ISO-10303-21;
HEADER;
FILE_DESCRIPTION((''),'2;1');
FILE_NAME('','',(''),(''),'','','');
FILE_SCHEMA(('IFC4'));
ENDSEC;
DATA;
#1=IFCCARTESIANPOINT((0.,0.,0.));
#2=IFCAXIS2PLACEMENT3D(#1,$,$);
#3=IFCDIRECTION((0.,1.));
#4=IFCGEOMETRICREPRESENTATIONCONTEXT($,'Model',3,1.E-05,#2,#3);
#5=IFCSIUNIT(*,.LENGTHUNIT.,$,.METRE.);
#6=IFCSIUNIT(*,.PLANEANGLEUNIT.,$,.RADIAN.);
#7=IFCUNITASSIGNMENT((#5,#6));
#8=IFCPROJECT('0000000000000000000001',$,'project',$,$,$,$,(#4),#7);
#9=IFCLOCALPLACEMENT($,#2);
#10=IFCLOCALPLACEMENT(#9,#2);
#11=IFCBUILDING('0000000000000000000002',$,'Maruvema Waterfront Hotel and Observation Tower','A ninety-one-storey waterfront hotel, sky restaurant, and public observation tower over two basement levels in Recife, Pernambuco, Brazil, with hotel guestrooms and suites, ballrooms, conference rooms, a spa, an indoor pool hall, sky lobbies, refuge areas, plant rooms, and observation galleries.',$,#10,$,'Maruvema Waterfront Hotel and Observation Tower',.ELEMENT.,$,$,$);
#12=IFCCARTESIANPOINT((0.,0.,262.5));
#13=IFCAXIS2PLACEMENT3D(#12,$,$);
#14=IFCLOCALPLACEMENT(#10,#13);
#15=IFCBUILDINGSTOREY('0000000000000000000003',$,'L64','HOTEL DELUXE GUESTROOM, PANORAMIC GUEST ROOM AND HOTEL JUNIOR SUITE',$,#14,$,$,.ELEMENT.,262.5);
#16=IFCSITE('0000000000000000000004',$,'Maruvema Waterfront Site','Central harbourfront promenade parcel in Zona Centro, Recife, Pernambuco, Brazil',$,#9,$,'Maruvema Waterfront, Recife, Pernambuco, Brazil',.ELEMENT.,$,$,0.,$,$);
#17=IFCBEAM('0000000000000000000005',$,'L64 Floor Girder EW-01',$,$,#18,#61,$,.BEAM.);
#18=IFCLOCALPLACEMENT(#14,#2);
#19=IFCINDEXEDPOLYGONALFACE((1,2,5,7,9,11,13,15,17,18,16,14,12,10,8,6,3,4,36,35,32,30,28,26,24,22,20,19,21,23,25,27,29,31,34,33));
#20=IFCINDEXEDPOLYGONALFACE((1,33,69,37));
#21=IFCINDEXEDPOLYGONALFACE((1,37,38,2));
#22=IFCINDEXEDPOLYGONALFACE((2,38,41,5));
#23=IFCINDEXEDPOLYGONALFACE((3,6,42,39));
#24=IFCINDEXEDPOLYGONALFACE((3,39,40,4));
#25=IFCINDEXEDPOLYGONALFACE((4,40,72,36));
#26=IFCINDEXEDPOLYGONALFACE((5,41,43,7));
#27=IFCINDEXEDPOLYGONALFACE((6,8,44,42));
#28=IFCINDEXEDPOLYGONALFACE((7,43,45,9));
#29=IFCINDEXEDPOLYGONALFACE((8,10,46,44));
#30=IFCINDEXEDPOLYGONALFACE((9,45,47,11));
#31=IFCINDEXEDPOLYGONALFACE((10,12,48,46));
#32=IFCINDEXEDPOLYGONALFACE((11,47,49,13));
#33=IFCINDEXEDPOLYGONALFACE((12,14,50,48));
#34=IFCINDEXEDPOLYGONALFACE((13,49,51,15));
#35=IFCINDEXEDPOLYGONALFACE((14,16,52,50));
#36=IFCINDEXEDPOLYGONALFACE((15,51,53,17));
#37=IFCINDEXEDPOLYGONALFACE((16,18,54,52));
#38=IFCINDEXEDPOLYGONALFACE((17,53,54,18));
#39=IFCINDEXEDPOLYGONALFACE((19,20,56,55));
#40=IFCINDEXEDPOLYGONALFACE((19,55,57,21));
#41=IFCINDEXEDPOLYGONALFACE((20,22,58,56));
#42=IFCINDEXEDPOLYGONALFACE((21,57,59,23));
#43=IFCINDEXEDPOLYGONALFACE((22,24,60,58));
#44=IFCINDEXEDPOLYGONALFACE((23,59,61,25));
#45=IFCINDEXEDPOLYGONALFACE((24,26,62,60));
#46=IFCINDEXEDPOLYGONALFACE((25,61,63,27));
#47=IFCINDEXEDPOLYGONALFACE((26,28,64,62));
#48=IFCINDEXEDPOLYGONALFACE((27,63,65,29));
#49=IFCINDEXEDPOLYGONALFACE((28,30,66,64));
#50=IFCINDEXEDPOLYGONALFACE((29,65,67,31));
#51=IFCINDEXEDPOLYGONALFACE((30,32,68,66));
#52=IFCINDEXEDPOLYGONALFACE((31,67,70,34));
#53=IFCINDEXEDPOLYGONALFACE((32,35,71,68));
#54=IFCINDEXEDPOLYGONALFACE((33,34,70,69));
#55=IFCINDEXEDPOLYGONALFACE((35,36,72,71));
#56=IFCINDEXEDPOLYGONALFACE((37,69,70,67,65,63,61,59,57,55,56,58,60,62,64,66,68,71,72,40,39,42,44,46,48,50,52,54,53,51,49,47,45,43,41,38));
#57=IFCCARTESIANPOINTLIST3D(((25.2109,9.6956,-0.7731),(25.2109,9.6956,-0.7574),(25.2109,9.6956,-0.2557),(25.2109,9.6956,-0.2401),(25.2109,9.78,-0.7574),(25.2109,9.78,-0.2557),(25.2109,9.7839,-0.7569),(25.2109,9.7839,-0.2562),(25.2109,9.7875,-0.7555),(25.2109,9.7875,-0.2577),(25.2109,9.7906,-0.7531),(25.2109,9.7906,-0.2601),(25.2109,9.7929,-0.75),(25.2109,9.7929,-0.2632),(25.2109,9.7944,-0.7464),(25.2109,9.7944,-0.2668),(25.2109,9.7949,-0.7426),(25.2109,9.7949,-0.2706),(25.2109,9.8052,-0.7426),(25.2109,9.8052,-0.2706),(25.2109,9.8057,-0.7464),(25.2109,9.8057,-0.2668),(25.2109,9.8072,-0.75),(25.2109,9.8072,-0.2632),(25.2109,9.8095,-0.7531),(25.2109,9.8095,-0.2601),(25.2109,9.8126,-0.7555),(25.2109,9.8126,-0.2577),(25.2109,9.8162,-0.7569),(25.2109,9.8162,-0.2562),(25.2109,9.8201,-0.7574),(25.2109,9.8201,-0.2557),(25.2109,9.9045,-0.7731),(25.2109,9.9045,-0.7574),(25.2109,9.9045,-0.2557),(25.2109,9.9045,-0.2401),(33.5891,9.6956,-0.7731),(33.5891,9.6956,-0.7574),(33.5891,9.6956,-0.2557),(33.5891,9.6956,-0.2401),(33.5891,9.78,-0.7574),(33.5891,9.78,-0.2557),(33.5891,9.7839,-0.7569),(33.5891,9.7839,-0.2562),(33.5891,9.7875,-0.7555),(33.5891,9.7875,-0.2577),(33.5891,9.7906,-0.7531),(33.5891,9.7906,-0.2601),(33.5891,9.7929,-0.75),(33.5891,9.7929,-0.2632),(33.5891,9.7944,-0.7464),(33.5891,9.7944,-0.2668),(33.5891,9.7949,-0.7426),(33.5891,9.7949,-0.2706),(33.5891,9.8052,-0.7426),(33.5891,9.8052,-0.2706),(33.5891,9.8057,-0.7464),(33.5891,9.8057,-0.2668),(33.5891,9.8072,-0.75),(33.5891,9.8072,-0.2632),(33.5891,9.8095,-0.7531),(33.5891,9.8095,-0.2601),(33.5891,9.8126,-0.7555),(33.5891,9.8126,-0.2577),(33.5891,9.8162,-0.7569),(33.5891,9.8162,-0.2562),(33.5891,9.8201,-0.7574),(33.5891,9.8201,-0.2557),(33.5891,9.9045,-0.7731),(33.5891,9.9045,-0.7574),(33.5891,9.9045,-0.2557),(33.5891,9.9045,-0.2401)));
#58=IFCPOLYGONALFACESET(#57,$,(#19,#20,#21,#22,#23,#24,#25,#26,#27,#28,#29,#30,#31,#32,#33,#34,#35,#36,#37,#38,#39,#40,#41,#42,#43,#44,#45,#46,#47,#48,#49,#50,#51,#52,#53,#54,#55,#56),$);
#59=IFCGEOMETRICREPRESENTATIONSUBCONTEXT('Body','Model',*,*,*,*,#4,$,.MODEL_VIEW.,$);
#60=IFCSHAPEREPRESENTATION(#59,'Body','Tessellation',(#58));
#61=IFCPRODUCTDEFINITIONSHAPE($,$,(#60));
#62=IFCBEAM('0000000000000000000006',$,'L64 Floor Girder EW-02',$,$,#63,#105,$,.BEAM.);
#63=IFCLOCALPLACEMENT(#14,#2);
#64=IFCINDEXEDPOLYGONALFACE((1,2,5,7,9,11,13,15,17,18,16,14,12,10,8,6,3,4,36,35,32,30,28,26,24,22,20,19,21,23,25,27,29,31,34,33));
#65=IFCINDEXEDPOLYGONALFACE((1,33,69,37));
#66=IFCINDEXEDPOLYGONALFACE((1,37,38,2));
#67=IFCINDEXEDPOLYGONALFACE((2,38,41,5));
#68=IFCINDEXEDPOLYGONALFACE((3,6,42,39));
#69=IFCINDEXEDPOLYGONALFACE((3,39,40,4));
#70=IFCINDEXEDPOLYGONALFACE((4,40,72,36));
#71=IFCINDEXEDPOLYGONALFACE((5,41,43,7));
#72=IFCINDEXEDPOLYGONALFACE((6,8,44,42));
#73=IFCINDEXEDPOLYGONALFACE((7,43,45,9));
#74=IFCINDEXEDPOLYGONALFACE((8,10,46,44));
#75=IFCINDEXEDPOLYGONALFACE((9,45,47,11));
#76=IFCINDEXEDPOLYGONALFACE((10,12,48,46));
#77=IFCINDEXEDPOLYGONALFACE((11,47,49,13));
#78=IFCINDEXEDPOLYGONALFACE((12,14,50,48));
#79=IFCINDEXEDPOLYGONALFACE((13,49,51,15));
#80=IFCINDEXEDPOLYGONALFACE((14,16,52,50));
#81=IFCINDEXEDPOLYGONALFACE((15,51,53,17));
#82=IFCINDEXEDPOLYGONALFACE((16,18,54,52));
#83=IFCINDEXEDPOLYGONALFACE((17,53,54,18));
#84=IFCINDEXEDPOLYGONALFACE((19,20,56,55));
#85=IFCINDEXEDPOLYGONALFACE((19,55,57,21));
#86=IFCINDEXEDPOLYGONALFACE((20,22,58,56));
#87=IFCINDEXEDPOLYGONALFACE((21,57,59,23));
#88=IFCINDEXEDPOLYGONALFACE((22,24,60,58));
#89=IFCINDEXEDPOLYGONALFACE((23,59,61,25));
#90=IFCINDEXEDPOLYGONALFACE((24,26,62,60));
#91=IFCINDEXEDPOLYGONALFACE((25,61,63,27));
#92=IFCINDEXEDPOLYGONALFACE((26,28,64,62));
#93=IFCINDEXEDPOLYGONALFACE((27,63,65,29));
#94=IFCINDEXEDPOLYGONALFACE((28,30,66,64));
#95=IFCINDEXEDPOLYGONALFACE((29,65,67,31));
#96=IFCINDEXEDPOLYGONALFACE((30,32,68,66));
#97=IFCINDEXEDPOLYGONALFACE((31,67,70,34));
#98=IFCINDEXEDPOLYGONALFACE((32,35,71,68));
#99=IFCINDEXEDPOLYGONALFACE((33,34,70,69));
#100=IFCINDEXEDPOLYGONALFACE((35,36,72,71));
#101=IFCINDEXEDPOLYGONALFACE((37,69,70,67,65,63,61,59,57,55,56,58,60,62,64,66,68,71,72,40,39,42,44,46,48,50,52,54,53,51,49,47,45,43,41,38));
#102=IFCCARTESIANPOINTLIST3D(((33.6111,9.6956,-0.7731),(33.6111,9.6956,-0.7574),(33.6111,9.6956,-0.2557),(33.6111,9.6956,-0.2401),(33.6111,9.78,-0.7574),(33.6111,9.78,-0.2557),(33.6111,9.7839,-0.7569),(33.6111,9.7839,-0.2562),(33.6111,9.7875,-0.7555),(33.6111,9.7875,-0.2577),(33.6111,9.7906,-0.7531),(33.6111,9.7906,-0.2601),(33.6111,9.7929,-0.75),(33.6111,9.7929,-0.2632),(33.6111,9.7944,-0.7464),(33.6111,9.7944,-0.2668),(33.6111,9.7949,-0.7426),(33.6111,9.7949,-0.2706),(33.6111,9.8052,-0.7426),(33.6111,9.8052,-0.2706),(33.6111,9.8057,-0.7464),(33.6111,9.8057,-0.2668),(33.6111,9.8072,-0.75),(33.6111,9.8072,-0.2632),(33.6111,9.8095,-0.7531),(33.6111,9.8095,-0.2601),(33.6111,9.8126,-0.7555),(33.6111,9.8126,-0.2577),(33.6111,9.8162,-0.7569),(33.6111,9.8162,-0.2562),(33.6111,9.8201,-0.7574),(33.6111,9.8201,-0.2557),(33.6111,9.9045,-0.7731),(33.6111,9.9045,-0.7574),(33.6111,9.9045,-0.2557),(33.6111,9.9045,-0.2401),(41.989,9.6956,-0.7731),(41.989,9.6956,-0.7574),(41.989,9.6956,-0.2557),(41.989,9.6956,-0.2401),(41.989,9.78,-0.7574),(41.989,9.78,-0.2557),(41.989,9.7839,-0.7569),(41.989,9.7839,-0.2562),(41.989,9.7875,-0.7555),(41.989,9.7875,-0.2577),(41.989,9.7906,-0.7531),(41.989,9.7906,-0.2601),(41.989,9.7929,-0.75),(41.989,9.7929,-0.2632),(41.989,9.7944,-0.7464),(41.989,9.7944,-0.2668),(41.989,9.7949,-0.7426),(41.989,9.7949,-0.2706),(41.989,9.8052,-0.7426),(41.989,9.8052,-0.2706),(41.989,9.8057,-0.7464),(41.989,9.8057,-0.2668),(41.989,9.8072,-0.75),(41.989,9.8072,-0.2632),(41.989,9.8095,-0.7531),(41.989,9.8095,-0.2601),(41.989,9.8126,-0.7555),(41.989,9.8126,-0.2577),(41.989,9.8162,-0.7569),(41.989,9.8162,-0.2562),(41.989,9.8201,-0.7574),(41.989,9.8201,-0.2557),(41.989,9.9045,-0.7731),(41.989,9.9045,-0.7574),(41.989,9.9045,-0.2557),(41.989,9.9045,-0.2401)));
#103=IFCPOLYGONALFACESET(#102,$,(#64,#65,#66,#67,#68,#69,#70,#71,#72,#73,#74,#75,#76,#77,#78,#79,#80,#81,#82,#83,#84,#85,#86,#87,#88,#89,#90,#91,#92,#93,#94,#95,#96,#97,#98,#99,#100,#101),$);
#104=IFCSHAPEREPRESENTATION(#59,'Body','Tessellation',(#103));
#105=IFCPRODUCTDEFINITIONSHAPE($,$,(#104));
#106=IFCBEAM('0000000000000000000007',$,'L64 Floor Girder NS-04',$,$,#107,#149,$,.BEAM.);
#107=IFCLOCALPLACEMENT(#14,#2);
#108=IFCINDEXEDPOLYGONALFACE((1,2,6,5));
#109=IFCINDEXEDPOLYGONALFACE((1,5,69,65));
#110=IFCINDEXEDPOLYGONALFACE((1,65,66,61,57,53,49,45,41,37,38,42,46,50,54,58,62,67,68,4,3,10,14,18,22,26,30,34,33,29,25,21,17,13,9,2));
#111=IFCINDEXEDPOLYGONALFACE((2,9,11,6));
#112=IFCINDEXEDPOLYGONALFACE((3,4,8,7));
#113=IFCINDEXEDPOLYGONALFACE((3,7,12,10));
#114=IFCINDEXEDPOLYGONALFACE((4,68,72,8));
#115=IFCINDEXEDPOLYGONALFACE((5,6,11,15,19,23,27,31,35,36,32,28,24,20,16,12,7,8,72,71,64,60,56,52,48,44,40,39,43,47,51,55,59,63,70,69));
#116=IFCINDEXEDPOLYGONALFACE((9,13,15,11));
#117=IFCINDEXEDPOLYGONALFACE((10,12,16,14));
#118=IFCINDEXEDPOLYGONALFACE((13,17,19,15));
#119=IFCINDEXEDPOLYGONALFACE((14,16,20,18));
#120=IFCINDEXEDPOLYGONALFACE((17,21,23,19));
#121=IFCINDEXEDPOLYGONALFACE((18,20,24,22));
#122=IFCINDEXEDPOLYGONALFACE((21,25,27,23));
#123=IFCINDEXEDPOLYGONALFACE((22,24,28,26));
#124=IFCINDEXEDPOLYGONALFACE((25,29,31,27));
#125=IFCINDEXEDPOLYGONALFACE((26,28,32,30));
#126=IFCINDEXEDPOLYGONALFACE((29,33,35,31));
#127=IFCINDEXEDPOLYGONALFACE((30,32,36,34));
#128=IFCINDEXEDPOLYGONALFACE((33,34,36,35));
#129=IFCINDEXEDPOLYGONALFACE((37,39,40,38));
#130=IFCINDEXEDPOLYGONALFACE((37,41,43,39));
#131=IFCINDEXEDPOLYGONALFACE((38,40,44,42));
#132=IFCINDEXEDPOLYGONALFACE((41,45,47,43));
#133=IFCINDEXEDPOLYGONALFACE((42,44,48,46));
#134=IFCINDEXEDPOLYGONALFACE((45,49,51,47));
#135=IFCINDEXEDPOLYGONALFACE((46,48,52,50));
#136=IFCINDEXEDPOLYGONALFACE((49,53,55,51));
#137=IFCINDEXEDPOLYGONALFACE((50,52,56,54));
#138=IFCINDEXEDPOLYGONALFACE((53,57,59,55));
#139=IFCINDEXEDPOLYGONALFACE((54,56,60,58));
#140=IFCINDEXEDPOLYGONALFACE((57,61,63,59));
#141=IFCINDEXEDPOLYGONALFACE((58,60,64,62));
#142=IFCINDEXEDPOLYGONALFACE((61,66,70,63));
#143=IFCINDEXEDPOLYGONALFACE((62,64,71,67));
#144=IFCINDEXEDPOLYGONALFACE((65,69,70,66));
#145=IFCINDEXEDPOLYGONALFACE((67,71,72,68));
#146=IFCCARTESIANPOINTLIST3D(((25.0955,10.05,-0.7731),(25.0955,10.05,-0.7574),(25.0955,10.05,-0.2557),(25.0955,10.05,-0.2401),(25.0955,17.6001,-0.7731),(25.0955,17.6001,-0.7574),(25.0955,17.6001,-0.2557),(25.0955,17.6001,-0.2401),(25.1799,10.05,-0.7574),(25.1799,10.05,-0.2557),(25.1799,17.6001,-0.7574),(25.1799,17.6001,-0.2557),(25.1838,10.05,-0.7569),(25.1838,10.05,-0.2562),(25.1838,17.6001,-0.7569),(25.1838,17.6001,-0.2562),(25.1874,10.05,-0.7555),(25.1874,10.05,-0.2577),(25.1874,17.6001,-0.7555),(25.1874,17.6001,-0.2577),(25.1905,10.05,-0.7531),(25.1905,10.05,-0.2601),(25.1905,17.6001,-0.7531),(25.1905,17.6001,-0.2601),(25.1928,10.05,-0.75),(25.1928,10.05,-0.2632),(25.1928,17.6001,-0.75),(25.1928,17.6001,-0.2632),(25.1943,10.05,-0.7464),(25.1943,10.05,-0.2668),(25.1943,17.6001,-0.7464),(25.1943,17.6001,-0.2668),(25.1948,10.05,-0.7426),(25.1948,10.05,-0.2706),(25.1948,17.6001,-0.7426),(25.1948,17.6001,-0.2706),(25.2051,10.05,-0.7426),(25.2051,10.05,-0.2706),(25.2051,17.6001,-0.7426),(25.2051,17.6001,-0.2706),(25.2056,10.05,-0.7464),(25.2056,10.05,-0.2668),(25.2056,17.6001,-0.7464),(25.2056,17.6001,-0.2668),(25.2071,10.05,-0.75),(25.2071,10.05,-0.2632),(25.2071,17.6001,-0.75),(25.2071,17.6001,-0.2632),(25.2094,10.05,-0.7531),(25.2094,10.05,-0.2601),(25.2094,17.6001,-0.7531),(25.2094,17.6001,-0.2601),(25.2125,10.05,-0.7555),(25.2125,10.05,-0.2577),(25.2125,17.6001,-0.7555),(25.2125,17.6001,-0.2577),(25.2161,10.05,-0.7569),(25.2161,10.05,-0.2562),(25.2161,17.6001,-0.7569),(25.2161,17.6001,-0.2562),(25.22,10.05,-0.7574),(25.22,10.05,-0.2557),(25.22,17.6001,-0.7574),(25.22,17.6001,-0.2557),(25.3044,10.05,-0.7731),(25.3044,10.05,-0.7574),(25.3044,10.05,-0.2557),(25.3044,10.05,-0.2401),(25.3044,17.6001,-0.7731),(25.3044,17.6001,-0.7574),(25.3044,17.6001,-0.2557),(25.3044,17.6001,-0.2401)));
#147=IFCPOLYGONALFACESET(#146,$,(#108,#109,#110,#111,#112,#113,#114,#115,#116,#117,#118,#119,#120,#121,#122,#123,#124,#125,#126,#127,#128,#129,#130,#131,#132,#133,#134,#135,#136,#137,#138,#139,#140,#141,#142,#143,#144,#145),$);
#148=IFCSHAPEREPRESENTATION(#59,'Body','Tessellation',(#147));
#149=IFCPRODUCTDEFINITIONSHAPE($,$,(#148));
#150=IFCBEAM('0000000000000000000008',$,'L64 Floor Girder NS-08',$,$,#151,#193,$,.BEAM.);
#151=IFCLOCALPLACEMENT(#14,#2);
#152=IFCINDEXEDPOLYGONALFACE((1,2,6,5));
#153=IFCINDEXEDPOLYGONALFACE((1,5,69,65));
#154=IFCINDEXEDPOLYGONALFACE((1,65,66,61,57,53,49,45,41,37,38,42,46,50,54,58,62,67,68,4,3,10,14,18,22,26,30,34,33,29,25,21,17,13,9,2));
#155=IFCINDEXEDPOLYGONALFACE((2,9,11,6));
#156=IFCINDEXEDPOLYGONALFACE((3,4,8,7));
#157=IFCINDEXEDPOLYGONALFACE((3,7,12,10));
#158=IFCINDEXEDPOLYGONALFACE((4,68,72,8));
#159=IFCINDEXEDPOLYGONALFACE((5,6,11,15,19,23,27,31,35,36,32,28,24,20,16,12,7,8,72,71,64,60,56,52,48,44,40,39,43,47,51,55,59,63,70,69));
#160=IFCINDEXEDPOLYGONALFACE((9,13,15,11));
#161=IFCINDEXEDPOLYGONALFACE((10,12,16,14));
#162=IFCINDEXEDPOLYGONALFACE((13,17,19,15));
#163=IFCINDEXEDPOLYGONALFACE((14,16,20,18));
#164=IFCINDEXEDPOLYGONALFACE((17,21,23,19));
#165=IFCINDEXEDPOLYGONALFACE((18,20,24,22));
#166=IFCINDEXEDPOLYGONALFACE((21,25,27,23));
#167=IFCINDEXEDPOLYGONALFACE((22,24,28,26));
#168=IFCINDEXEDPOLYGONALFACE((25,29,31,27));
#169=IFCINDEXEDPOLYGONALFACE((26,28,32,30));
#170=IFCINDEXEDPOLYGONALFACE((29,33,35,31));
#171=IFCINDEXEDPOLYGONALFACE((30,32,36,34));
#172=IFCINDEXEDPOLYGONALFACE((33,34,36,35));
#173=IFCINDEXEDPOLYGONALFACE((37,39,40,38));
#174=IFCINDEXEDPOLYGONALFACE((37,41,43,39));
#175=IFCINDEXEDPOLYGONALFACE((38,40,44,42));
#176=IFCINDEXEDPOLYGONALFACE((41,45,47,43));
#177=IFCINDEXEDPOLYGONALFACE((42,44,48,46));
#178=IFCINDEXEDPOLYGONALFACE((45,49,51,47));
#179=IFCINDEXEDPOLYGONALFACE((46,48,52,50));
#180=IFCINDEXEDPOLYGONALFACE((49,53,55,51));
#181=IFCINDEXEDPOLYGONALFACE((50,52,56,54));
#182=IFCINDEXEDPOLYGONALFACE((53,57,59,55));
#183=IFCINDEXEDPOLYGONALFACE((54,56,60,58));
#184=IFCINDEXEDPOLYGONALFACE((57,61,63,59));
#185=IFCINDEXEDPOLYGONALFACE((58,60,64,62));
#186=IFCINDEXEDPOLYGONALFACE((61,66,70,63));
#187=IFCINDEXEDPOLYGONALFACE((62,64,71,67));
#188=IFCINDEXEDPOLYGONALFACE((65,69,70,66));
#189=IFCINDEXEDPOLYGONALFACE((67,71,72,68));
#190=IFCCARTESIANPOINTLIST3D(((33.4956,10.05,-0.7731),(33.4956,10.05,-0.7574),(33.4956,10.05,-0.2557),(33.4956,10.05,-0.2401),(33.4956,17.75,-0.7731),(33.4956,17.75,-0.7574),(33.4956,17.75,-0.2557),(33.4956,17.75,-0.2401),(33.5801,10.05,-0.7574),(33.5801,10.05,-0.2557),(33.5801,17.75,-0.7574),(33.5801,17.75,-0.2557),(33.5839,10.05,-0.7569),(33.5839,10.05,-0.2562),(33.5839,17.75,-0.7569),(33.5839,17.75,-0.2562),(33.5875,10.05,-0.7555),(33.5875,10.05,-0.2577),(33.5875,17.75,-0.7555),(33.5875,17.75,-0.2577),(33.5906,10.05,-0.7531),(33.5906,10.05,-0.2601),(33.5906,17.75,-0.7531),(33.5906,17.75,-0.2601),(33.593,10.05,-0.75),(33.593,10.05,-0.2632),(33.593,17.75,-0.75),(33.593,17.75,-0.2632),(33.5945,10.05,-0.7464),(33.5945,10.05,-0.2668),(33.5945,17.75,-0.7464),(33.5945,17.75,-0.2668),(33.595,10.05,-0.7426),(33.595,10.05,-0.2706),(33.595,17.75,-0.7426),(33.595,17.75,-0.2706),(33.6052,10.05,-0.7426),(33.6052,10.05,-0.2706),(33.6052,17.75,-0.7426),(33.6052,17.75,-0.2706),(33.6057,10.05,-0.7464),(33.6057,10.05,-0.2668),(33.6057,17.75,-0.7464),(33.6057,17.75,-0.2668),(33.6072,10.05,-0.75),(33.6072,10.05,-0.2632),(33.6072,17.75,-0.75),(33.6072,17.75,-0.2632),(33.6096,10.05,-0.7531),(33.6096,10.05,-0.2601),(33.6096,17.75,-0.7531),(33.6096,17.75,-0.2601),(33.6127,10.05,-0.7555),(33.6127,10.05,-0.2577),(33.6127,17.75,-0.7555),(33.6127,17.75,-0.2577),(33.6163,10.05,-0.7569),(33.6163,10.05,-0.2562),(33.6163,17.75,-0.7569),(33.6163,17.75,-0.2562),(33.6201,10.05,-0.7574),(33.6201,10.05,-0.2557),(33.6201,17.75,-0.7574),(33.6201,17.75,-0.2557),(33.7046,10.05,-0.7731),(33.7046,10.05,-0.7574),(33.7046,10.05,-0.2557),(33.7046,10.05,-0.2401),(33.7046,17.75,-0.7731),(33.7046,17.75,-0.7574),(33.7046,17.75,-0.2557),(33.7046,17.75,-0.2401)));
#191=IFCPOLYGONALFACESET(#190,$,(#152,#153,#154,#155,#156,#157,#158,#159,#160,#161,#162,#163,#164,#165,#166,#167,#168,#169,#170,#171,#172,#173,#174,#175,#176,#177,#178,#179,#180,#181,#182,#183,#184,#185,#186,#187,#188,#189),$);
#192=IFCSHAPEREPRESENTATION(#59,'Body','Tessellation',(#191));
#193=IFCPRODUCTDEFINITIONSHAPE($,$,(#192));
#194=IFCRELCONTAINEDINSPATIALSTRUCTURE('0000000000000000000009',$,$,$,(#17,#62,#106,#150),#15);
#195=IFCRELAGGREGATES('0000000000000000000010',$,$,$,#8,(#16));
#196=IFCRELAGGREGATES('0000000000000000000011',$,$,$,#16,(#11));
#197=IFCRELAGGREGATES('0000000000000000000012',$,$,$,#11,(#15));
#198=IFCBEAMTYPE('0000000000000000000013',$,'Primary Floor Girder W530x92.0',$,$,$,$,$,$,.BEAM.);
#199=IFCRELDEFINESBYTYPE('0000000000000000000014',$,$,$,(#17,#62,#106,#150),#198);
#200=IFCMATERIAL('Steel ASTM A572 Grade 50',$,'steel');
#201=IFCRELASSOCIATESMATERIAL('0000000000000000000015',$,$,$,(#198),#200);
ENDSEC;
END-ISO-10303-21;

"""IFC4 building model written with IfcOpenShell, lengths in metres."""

from ifc_helpers import new_model, si_unit, direction, frame, origin, origin_2d, place, context, subcontext, project, spatial, i_section, extrude, material, material_profile, profile_set, type_object, element, save


model = new_model("IFC4")

# Units and contexts
model_context = context("Model", 3, precision=1e-05, world=origin(), true_north=direction((0.0, 1.0)))
body_context = subcontext(model_context, "Body", "Model", "MODEL_VIEW")
ifc_project = project(units=[si_unit("LENGTHUNIT", "METRE"), si_unit("PLANEANGLEUNIT", "RADIAN")], contexts=[model_context])

# Site, building, storey
site_placement = place(None, origin())
site = spatial("IfcSite", under=ifc_project, at=site_placement, Name="Maruvema Waterfront Site", Description="Central harbourfront promenade parcel in Zona Centro, Recife, Pernambuco, Brazil", LongName="Maruvema Waterfront, Recife, Pernambuco, Brazil", CompositionType="ELEMENT", RefElevation=0.0)
building_placement = place(site_placement, origin())
building = spatial("IfcBuilding", under=site, at=building_placement, Name="Maruvema Waterfront Hotel and Observation Tower", Description="A ninety-one-storey waterfront hotel, sky restaurant, and public observation tower over two basement levels in Recife, Pernambuco, Brazil, with hotel guestrooms and suites, ballrooms, conference rooms, a spa, an indoor pool hall, sky lobbies, refuge areas, plant rooms, and observation galleries.", LongName="Maruvema Waterfront Hotel and Observation Tower", CompositionType="ELEMENT")
storey_placement = place(building_placement, frame((0.0, 0.0, 262.5)))
storey = spatial("IfcBuildingStorey", under=building, at=storey_placement, Name="L64", Description="HOTEL DELUXE GUESTROOM, PANORAMIC GUEST ROOM AND HOTEL JUNIOR SUITE", CompositionType="ELEMENT", Elevation=262.5)

# Beams
ifc_material_1 = material(Name="Steel ASTM A572 Grade 50", Category="steel")
ifc_material_profile_1 = material_profile(ifc_material_1, i_section(OverallWidth=0.209, OverallDepth=0.533, WebThickness=0.0103, FlangeThickness=0.0156, FilletRadius=0.0149, at=origin_2d()), Name="W530x92.0")
ifc_profile_set_1 = profile_set([ifc_material_profile_1], Name="Steel ASTM A572 Grade 50")
beam_type_1 = type_object("IfcBeamType", Name="Primary Floor Girder W530x92.0", PredefinedType="BEAM", material=ifc_profile_set_1)
beam_1_placement = place(storey_placement, frame((25.2109, 9.8, -0.5066), z_axis=(1.0, 0.0, 0.0), x_axis=(0.0, 1.0, 0.0)))
element("IfcBeam", 1, at=beam_1_placement, inside=storey, type_object=beam_type_1, Name="L64 Floor Girder EW-01", PredefinedType="BEAM", context=body_context, shape_type="SweptSolid", body=[
    extrude(i_section(OverallWidth=0.209, OverallDepth=0.533, WebThickness=0.0103, FlangeThickness=0.0156, FilletRadius=0.0149, at=origin_2d()), origin(), (0.0, 0.0, 1.0), 8.3782),
])
beam_2_placement = place(storey_placement, frame((33.6111, 9.8, -0.5066), z_axis=(1.0, 0.0, 0.0), x_axis=(0.0, 1.0, 0.0)))
element("IfcBeam", 2, at=beam_2_placement, inside=storey, type_object=beam_type_1, Name="L64 Floor Girder EW-02", PredefinedType="BEAM", context=body_context, shape_type="SweptSolid", body=[
    extrude(i_section(OverallWidth=0.209, OverallDepth=0.533, WebThickness=0.0103, FlangeThickness=0.0156, FilletRadius=0.0149, at=origin_2d()), origin(), (0.0, 0.0, 1.0), 8.3779),
])
beam_3_placement = place(storey_placement, frame((25.2, 10.05, -0.5066), z_axis=(0.0, 1.0, 0.0), x_axis=(-1.0, 0.0, 0.0)))
element("IfcBeam", 3, at=beam_3_placement, inside=storey, type_object=beam_type_1, Name="L64 Floor Girder NS-04", PredefinedType="BEAM", context=body_context, shape_type="SweptSolid", body=[
    extrude(i_section(OverallWidth=0.209, OverallDepth=0.533, WebThickness=0.0103, FlangeThickness=0.0156, FilletRadius=0.0149, at=origin_2d()), origin(), (0.0, 0.0, 1.0), 7.55),
])
beam_4_placement = place(storey_placement, frame((33.6001, 10.05, -0.5066), z_axis=(0.0, 1.0, 0.0), x_axis=(-1.0, 0.0, 0.0)))
element("IfcBeam", 4, at=beam_4_placement, inside=storey, type_object=beam_type_1, Name="L64 Floor Girder NS-08", PredefinedType="BEAM", context=body_context, shape_type="SweptSolid", body=[
    extrude(i_section(OverallWidth=0.209, OverallDepth=0.533, WebThickness=0.0103, FlangeThickness=0.0156, FilletRadius=0.0149, at=origin_2d()), origin(), (0.0, 0.0, 1.0), 7.7),
])

save(model, "model.ifc")
